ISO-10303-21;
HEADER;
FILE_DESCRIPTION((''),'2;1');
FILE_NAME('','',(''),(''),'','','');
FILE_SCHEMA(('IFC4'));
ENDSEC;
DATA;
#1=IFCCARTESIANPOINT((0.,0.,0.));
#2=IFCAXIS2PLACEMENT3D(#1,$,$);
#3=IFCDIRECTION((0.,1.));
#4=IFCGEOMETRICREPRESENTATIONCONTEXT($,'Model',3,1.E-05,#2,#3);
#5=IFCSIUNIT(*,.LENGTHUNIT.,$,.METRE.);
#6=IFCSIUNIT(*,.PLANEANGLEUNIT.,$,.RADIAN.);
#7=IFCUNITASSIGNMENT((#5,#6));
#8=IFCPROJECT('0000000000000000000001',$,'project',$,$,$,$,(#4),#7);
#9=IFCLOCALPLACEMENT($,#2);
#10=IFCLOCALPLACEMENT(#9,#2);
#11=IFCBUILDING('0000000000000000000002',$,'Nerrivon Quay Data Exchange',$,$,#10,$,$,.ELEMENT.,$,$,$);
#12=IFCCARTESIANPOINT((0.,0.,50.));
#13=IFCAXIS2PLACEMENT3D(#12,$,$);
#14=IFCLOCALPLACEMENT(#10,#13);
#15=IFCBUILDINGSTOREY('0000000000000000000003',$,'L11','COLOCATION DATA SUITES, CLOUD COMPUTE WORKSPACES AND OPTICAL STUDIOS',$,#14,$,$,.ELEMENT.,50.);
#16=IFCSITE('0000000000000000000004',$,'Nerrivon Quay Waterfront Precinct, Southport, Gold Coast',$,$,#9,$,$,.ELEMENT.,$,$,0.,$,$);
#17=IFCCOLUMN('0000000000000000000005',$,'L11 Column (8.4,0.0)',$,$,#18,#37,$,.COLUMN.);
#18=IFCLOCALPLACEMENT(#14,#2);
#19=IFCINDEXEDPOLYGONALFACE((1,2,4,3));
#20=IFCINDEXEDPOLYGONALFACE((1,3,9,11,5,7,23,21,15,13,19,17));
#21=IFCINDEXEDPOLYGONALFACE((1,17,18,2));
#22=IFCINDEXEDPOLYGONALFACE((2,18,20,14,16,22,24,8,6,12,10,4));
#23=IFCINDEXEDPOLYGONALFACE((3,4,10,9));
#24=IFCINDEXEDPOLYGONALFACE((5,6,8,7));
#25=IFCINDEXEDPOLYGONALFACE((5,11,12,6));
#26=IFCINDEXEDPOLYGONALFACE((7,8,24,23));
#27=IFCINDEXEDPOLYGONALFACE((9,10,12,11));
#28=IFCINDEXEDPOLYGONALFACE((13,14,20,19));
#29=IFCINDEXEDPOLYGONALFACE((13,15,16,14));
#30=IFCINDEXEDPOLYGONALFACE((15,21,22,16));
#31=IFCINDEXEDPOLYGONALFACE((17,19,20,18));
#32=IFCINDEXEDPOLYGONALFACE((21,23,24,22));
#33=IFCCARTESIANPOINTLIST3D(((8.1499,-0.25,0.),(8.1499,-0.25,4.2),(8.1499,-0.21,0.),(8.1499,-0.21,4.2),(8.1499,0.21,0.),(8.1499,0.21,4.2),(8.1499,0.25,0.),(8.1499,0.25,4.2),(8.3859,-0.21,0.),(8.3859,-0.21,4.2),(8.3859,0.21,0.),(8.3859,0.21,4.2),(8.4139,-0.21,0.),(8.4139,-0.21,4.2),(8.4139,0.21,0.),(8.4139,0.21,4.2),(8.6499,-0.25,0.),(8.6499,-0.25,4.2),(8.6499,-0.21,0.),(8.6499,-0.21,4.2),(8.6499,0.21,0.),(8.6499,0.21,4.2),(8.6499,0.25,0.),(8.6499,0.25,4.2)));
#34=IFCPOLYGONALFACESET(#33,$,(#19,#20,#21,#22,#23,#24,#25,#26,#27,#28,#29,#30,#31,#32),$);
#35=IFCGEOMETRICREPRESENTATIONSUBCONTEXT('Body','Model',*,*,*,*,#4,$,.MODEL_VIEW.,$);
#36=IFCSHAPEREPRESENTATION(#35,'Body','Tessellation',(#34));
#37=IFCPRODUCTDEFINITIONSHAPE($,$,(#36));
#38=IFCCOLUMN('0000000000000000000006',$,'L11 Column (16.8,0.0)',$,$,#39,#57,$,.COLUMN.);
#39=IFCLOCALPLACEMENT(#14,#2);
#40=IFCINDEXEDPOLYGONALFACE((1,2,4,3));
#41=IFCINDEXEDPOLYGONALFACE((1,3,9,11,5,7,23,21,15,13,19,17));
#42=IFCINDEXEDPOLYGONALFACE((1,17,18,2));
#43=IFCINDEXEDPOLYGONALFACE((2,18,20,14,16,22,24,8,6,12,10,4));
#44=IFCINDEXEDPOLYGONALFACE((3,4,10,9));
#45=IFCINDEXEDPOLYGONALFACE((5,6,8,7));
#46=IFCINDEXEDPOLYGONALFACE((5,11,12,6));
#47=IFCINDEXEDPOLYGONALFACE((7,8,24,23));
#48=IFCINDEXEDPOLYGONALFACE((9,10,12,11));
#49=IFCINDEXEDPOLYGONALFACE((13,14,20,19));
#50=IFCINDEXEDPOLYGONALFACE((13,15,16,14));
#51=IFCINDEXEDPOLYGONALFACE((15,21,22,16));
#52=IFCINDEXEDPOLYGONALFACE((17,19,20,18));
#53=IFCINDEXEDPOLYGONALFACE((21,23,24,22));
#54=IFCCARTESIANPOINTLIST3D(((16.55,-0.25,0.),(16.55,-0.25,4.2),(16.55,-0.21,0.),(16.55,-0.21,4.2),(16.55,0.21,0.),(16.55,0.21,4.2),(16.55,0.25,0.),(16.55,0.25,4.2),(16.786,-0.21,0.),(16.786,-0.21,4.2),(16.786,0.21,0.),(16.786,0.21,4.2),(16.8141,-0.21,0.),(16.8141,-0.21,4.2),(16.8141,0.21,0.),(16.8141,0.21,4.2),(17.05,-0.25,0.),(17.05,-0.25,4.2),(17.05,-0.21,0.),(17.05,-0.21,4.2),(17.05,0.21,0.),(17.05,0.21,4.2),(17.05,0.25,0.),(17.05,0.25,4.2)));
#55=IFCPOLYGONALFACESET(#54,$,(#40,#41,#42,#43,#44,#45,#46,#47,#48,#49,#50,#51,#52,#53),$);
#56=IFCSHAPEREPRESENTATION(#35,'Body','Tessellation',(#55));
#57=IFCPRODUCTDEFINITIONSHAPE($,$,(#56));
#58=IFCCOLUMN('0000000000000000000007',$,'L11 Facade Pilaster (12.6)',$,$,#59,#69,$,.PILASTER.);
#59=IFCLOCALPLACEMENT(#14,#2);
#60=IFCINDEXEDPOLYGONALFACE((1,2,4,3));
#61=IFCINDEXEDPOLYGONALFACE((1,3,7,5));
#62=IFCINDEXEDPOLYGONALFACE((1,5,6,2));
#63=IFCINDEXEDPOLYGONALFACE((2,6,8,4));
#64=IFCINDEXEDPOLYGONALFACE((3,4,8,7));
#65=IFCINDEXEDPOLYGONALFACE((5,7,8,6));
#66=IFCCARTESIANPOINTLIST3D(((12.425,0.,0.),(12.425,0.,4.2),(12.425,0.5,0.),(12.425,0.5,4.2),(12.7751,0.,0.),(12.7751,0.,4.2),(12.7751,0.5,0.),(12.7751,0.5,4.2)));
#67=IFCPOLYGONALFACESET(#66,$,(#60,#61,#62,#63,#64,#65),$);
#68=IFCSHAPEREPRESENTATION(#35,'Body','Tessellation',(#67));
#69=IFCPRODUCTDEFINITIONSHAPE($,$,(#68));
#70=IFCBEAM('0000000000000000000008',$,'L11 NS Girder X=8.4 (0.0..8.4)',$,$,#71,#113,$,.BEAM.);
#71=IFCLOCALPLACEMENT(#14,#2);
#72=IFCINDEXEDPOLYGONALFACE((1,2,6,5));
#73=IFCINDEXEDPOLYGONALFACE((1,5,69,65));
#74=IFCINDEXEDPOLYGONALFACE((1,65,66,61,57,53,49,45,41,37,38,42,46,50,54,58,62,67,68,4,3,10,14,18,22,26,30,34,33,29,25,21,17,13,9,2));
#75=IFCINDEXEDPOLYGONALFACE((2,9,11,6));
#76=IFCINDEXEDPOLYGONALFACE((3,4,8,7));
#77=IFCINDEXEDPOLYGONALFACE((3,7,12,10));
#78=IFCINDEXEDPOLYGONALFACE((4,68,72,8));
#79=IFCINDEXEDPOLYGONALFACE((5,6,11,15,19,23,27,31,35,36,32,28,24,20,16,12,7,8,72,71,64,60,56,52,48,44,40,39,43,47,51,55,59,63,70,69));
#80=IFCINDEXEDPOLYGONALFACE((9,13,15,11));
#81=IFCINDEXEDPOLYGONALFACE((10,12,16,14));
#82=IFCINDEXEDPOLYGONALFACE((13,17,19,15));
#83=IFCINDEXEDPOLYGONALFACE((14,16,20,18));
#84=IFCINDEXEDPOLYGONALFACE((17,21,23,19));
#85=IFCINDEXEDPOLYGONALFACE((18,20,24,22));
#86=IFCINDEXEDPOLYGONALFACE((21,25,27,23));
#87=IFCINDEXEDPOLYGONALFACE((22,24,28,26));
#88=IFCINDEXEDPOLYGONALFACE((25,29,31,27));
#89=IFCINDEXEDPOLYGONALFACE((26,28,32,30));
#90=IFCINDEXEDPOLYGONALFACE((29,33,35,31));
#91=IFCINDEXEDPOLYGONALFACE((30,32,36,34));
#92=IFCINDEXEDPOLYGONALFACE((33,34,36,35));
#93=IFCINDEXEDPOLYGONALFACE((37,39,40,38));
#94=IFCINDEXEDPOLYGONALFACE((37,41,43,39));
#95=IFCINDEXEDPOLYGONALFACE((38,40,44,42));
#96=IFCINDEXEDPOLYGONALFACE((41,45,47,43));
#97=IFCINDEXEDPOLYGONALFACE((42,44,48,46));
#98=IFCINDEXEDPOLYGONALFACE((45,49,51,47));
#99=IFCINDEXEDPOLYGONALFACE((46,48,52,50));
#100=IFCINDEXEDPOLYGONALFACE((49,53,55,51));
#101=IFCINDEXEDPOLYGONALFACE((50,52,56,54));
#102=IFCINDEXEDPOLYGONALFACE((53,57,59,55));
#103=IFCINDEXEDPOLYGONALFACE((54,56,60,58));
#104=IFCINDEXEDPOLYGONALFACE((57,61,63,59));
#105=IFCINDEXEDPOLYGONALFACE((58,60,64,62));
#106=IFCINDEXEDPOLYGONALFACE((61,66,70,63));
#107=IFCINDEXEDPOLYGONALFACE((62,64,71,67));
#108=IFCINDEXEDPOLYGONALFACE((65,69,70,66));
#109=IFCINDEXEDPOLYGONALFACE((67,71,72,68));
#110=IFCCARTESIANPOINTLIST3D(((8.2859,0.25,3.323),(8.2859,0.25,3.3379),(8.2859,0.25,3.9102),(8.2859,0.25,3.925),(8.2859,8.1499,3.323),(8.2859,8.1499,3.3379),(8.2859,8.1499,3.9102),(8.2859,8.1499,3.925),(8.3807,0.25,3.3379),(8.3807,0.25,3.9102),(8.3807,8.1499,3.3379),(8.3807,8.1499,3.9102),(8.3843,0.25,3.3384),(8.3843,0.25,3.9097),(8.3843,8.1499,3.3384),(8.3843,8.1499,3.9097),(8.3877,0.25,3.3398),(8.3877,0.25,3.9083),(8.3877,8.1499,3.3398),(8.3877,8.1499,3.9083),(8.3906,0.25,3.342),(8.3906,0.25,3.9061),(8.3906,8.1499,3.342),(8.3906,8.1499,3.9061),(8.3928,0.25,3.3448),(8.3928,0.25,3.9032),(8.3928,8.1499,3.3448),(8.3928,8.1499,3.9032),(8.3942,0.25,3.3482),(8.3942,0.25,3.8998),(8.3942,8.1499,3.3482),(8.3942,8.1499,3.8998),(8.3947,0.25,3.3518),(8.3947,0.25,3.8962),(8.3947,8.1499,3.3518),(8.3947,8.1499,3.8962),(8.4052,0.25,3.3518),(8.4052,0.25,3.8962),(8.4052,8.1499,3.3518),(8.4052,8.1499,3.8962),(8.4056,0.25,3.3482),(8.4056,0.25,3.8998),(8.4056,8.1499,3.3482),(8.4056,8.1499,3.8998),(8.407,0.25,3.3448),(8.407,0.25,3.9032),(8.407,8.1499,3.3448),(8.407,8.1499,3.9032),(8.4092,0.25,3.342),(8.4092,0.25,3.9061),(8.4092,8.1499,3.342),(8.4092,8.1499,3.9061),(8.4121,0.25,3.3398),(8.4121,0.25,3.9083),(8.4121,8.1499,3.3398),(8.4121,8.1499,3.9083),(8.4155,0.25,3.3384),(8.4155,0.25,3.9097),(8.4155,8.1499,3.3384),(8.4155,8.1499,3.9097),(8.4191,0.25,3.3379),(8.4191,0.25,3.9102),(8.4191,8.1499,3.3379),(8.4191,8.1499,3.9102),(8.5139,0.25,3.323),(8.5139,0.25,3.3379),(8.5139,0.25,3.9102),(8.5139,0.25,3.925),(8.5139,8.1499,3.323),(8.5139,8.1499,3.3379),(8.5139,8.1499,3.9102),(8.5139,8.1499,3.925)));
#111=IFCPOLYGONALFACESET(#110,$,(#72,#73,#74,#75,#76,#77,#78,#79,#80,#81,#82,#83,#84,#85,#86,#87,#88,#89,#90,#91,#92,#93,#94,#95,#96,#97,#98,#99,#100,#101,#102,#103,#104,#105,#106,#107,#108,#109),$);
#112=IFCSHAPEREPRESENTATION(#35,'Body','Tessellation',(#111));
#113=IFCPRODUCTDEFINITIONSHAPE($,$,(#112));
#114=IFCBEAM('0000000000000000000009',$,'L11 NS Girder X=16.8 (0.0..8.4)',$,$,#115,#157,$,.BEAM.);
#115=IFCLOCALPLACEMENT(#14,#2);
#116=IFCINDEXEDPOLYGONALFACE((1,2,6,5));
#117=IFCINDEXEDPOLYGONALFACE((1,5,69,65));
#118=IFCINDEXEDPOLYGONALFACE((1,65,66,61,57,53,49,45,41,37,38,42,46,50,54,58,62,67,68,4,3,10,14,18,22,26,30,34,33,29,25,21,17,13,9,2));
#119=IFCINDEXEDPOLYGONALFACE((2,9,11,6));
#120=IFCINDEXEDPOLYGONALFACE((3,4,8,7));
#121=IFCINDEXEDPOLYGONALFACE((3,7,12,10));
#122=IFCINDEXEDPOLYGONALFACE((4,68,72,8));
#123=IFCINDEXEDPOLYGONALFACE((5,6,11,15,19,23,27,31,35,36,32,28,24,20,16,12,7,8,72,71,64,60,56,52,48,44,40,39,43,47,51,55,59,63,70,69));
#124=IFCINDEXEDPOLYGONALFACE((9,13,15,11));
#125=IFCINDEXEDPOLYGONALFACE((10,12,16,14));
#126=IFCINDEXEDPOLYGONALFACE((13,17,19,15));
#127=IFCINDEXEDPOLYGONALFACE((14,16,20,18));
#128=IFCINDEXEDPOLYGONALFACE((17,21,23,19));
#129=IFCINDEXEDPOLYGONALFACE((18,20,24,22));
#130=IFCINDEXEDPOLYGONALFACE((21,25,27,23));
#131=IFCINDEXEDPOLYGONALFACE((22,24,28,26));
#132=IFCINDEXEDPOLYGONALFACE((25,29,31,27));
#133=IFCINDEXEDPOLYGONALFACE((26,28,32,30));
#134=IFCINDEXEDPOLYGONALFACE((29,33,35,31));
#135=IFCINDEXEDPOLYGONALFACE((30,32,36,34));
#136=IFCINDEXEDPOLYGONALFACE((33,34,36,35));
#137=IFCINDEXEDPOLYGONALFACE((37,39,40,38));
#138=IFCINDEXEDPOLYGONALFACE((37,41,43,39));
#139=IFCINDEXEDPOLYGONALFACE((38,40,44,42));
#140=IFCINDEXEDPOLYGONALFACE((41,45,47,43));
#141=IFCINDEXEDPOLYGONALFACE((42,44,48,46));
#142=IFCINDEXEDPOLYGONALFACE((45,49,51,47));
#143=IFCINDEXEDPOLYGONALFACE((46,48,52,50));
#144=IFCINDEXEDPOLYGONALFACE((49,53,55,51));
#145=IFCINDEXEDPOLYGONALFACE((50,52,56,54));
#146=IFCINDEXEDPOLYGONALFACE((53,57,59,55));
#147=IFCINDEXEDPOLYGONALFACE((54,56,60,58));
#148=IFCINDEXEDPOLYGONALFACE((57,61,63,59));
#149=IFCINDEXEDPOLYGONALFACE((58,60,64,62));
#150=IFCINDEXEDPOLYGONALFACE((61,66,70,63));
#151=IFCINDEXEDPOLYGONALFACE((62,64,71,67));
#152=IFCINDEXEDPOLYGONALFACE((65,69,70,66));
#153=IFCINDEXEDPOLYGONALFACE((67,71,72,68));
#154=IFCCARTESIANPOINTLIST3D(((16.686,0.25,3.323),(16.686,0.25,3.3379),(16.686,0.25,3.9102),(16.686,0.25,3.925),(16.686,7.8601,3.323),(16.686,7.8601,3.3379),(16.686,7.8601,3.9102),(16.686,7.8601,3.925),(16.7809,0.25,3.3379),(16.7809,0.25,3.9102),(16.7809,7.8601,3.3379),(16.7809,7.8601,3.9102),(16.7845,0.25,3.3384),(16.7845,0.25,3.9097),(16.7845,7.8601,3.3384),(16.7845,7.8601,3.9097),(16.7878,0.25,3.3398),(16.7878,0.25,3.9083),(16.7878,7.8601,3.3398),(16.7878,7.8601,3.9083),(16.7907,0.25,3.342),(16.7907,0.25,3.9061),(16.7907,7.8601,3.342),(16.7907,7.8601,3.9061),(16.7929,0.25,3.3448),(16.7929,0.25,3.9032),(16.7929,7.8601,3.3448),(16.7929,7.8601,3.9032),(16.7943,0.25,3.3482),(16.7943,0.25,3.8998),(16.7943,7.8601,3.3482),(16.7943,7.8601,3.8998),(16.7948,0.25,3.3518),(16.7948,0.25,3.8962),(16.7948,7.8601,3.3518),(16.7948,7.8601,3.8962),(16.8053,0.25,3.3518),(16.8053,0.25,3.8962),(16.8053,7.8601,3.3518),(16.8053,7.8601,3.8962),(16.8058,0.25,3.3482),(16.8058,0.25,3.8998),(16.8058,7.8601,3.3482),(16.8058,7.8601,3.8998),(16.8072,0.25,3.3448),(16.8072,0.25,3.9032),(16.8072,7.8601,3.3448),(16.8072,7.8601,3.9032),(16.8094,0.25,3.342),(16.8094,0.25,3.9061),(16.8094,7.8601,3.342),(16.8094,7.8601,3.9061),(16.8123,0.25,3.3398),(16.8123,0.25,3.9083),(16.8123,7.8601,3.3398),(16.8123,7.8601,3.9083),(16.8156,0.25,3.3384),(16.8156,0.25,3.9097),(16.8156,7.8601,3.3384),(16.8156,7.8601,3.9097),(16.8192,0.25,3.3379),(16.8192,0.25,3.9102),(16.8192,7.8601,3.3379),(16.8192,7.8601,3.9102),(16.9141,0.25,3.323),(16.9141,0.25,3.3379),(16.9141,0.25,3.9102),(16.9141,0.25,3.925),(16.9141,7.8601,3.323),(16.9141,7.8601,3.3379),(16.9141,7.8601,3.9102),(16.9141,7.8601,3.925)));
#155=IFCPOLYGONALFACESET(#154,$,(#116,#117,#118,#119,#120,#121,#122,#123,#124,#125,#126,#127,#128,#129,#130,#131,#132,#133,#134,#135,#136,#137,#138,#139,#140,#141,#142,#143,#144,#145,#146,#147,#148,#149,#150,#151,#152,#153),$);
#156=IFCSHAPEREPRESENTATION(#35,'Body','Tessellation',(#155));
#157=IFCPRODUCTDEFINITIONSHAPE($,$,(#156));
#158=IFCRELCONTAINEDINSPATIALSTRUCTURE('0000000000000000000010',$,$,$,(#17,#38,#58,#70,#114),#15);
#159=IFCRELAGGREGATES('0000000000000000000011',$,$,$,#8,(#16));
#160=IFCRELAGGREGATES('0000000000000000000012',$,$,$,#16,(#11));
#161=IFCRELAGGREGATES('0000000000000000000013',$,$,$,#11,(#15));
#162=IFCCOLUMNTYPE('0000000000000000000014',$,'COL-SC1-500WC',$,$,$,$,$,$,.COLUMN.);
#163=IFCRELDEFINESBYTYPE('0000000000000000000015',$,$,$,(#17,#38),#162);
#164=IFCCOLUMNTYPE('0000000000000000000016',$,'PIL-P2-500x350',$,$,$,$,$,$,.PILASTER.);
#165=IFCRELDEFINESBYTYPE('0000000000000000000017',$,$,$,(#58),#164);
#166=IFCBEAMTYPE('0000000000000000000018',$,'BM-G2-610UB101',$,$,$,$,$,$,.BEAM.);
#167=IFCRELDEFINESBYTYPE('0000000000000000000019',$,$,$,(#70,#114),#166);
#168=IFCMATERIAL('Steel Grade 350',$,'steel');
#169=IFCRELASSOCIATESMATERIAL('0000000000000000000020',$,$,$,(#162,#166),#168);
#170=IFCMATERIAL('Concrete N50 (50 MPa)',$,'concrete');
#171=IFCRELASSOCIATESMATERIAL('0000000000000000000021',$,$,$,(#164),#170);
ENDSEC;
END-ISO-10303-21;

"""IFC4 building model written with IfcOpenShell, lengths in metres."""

from ifc_helpers import new_model, si_unit, direction, frame, origin, origin_2d, place, context, subcontext, project, spatial, rectangle, i_section, extrude, material, material_profile, profile_set, type_object, element, save


model = new_model("IFC4")

# Units and contexts
model_context = context("Model", 3, precision=1e-05, world=origin(), true_north=direction((0.0, 1.0)))
body_context = subcontext(model_context, "Body", "Model", "MODEL_VIEW")
ifc_project = project(units=[si_unit("LENGTHUNIT", "METRE"), si_unit("PLANEANGLEUNIT", "RADIAN")], contexts=[model_context])

# Site, building, storey
site_placement = place(None, origin())
site = spatial("IfcSite", under=ifc_project, at=site_placement, Name="Nerrivon Quay Waterfront Precinct, Southport, Gold Coast", CompositionType="ELEMENT", RefElevation=0.0)
building_placement = place(site_placement, origin())
building = spatial("IfcBuilding", under=site, at=building_placement, Name="Nerrivon Quay Data Exchange", CompositionType="ELEMENT")
storey_placement = place(building_placement, frame((0.0, 0.0, 50.0)))
storey = spatial("IfcBuildingStorey", under=building, at=storey_placement, Name="L11", Description="COLOCATION DATA SUITES, CLOUD COMPUTE WORKSPACES AND OPTICAL STUDIOS", CompositionType="ELEMENT", Elevation=50.0)

# Columns
ifc_material_1 = material(Name="Steel Grade 350", Category="steel")
ifc_material_profile_1 = material_profile(ifc_material_1, i_section(OverallWidth=0.5, OverallDepth=0.5, WebThickness=0.0281, FlangeThickness=0.04, at=origin_2d()), Name="500WC440")
ifc_profile_set_1 = profile_set([ifc_material_profile_1], Name="Steel Grade 350")
column_type_1 = type_object("IfcColumnType", Name="COL-SC1-500WC", PredefinedType="COLUMN", material=ifc_profile_set_1)
for number, where, z_axis, x_axis, name in (
    (1, (8.3999, 0.0, 0.0), (0.0, 0.0, 1.0), (1.0, 0.0, 0.0), "L11 Column (8.4,0.0)"),
    (2, (16.8, 0.0, 0.0), (0.0, 0.0, 1.0), (1.0, 0.0, 0.0), "L11 Column (16.8,0.0)"),
):
    element("IfcColumn", number, at=place(storey_placement, frame(where, z_axis=z_axis, x_axis=x_axis)), inside=storey, type_object=column_type_1, Name=name, PredefinedType="COLUMN", context=body_context, shape_type="SweptSolid", body=[
        extrude(i_section(OverallWidth=0.5, OverallDepth=0.5, WebThickness=0.0281, FlangeThickness=0.04, at=origin_2d()), origin(), (0.0, 0.0, 1.0), 4.2),
    ])
ifc_material_2 = material(Name="Concrete N50 (50 MPa)", Category="concrete")
ifc_material_profile_2 = material_profile(ifc_material_2, rectangle(XDim=0.3501, YDim=0.5, at=origin_2d()), Name="RC-PIL-500x350")
ifc_profile_set_2 = profile_set([ifc_material_profile_2], Name="Concrete N50 (50 MPa)")
column_type_2 = type_object("IfcColumnType", Name="PIL-P2-500x350", PredefinedType="PILASTER", material=ifc_profile_set_2)
column_placement = place(storey_placement, frame((12.6001, 0.25, 0.0), z_axis=(0.0, 0.0, 1.0), x_axis=(1.0, 0.0, 0.0)))
element("IfcColumn", 3, at=column_placement, inside=storey, type_object=column_type_2, Name="L11 Facade Pilaster (12.6)", PredefinedType="PILASTER", context=body_context, shape_type="SweptSolid", body=[
    extrude(rectangle(XDim=0.3501, YDim=0.5, at=origin_2d()), origin(), (0.0, 0.0, 1.0), 4.2),
])

# Beams
ifc_material_profile_3 = material_profile(ifc_material_1, i_section(OverallWidth=0.228, OverallDepth=0.6021, WebThickness=0.0105, FlangeThickness=0.0149, FilletRadius=0.0139, at=origin_2d()), Name="610UB101")
ifc_profile_set_3 = profile_set([ifc_material_profile_3], Name="Steel Grade 350")
beam_type_1 = type_object("IfcBeamType", Name="BM-G2-610UB101", PredefinedType="BEAM", material=ifc_profile_set_3)
beam_1_placement = place(storey_placement, frame((8.3999, 0.25, 3.624), z_axis=(0.0, 1.0, 0.0), x_axis=(-1.0, 0.0, 0.0)))
element("IfcBeam", 4, at=beam_1_placement, inside=storey, type_object=beam_type_1, Name="L11 NS Girder X=8.4 (0.0..8.4)", PredefinedType="BEAM", context=body_context, shape_type="SweptSolid", body=[
    extrude(i_section(OverallWidth=0.228, OverallDepth=0.6021, WebThickness=0.0105, FlangeThickness=0.0149, FilletRadius=0.0139, at=origin_2d()), origin(), (0.0, 0.0, 1.0), 7.8999),
])
beam_2_placement = place(storey_placement, frame((16.8, 0.25, 3.624), z_axis=(0.0, 1.0, 0.0), x_axis=(-1.0, 0.0, 0.0)))
element("IfcBeam", 5, at=beam_2_placement, inside=storey, type_object=beam_type_1, Name="L11 NS Girder X=16.8 (0.0..8.4)", PredefinedType="BEAM", context=body_context, shape_type="SweptSolid", body=[
    extrude(i_section(OverallWidth=0.228, OverallDepth=0.6021, WebThickness=0.0105, FlangeThickness=0.0149, FilletRadius=0.0139, at=origin_2d()), origin(), (0.0, 0.0, 1.0), 7.6101),
])

save(model, "model.ifc")
